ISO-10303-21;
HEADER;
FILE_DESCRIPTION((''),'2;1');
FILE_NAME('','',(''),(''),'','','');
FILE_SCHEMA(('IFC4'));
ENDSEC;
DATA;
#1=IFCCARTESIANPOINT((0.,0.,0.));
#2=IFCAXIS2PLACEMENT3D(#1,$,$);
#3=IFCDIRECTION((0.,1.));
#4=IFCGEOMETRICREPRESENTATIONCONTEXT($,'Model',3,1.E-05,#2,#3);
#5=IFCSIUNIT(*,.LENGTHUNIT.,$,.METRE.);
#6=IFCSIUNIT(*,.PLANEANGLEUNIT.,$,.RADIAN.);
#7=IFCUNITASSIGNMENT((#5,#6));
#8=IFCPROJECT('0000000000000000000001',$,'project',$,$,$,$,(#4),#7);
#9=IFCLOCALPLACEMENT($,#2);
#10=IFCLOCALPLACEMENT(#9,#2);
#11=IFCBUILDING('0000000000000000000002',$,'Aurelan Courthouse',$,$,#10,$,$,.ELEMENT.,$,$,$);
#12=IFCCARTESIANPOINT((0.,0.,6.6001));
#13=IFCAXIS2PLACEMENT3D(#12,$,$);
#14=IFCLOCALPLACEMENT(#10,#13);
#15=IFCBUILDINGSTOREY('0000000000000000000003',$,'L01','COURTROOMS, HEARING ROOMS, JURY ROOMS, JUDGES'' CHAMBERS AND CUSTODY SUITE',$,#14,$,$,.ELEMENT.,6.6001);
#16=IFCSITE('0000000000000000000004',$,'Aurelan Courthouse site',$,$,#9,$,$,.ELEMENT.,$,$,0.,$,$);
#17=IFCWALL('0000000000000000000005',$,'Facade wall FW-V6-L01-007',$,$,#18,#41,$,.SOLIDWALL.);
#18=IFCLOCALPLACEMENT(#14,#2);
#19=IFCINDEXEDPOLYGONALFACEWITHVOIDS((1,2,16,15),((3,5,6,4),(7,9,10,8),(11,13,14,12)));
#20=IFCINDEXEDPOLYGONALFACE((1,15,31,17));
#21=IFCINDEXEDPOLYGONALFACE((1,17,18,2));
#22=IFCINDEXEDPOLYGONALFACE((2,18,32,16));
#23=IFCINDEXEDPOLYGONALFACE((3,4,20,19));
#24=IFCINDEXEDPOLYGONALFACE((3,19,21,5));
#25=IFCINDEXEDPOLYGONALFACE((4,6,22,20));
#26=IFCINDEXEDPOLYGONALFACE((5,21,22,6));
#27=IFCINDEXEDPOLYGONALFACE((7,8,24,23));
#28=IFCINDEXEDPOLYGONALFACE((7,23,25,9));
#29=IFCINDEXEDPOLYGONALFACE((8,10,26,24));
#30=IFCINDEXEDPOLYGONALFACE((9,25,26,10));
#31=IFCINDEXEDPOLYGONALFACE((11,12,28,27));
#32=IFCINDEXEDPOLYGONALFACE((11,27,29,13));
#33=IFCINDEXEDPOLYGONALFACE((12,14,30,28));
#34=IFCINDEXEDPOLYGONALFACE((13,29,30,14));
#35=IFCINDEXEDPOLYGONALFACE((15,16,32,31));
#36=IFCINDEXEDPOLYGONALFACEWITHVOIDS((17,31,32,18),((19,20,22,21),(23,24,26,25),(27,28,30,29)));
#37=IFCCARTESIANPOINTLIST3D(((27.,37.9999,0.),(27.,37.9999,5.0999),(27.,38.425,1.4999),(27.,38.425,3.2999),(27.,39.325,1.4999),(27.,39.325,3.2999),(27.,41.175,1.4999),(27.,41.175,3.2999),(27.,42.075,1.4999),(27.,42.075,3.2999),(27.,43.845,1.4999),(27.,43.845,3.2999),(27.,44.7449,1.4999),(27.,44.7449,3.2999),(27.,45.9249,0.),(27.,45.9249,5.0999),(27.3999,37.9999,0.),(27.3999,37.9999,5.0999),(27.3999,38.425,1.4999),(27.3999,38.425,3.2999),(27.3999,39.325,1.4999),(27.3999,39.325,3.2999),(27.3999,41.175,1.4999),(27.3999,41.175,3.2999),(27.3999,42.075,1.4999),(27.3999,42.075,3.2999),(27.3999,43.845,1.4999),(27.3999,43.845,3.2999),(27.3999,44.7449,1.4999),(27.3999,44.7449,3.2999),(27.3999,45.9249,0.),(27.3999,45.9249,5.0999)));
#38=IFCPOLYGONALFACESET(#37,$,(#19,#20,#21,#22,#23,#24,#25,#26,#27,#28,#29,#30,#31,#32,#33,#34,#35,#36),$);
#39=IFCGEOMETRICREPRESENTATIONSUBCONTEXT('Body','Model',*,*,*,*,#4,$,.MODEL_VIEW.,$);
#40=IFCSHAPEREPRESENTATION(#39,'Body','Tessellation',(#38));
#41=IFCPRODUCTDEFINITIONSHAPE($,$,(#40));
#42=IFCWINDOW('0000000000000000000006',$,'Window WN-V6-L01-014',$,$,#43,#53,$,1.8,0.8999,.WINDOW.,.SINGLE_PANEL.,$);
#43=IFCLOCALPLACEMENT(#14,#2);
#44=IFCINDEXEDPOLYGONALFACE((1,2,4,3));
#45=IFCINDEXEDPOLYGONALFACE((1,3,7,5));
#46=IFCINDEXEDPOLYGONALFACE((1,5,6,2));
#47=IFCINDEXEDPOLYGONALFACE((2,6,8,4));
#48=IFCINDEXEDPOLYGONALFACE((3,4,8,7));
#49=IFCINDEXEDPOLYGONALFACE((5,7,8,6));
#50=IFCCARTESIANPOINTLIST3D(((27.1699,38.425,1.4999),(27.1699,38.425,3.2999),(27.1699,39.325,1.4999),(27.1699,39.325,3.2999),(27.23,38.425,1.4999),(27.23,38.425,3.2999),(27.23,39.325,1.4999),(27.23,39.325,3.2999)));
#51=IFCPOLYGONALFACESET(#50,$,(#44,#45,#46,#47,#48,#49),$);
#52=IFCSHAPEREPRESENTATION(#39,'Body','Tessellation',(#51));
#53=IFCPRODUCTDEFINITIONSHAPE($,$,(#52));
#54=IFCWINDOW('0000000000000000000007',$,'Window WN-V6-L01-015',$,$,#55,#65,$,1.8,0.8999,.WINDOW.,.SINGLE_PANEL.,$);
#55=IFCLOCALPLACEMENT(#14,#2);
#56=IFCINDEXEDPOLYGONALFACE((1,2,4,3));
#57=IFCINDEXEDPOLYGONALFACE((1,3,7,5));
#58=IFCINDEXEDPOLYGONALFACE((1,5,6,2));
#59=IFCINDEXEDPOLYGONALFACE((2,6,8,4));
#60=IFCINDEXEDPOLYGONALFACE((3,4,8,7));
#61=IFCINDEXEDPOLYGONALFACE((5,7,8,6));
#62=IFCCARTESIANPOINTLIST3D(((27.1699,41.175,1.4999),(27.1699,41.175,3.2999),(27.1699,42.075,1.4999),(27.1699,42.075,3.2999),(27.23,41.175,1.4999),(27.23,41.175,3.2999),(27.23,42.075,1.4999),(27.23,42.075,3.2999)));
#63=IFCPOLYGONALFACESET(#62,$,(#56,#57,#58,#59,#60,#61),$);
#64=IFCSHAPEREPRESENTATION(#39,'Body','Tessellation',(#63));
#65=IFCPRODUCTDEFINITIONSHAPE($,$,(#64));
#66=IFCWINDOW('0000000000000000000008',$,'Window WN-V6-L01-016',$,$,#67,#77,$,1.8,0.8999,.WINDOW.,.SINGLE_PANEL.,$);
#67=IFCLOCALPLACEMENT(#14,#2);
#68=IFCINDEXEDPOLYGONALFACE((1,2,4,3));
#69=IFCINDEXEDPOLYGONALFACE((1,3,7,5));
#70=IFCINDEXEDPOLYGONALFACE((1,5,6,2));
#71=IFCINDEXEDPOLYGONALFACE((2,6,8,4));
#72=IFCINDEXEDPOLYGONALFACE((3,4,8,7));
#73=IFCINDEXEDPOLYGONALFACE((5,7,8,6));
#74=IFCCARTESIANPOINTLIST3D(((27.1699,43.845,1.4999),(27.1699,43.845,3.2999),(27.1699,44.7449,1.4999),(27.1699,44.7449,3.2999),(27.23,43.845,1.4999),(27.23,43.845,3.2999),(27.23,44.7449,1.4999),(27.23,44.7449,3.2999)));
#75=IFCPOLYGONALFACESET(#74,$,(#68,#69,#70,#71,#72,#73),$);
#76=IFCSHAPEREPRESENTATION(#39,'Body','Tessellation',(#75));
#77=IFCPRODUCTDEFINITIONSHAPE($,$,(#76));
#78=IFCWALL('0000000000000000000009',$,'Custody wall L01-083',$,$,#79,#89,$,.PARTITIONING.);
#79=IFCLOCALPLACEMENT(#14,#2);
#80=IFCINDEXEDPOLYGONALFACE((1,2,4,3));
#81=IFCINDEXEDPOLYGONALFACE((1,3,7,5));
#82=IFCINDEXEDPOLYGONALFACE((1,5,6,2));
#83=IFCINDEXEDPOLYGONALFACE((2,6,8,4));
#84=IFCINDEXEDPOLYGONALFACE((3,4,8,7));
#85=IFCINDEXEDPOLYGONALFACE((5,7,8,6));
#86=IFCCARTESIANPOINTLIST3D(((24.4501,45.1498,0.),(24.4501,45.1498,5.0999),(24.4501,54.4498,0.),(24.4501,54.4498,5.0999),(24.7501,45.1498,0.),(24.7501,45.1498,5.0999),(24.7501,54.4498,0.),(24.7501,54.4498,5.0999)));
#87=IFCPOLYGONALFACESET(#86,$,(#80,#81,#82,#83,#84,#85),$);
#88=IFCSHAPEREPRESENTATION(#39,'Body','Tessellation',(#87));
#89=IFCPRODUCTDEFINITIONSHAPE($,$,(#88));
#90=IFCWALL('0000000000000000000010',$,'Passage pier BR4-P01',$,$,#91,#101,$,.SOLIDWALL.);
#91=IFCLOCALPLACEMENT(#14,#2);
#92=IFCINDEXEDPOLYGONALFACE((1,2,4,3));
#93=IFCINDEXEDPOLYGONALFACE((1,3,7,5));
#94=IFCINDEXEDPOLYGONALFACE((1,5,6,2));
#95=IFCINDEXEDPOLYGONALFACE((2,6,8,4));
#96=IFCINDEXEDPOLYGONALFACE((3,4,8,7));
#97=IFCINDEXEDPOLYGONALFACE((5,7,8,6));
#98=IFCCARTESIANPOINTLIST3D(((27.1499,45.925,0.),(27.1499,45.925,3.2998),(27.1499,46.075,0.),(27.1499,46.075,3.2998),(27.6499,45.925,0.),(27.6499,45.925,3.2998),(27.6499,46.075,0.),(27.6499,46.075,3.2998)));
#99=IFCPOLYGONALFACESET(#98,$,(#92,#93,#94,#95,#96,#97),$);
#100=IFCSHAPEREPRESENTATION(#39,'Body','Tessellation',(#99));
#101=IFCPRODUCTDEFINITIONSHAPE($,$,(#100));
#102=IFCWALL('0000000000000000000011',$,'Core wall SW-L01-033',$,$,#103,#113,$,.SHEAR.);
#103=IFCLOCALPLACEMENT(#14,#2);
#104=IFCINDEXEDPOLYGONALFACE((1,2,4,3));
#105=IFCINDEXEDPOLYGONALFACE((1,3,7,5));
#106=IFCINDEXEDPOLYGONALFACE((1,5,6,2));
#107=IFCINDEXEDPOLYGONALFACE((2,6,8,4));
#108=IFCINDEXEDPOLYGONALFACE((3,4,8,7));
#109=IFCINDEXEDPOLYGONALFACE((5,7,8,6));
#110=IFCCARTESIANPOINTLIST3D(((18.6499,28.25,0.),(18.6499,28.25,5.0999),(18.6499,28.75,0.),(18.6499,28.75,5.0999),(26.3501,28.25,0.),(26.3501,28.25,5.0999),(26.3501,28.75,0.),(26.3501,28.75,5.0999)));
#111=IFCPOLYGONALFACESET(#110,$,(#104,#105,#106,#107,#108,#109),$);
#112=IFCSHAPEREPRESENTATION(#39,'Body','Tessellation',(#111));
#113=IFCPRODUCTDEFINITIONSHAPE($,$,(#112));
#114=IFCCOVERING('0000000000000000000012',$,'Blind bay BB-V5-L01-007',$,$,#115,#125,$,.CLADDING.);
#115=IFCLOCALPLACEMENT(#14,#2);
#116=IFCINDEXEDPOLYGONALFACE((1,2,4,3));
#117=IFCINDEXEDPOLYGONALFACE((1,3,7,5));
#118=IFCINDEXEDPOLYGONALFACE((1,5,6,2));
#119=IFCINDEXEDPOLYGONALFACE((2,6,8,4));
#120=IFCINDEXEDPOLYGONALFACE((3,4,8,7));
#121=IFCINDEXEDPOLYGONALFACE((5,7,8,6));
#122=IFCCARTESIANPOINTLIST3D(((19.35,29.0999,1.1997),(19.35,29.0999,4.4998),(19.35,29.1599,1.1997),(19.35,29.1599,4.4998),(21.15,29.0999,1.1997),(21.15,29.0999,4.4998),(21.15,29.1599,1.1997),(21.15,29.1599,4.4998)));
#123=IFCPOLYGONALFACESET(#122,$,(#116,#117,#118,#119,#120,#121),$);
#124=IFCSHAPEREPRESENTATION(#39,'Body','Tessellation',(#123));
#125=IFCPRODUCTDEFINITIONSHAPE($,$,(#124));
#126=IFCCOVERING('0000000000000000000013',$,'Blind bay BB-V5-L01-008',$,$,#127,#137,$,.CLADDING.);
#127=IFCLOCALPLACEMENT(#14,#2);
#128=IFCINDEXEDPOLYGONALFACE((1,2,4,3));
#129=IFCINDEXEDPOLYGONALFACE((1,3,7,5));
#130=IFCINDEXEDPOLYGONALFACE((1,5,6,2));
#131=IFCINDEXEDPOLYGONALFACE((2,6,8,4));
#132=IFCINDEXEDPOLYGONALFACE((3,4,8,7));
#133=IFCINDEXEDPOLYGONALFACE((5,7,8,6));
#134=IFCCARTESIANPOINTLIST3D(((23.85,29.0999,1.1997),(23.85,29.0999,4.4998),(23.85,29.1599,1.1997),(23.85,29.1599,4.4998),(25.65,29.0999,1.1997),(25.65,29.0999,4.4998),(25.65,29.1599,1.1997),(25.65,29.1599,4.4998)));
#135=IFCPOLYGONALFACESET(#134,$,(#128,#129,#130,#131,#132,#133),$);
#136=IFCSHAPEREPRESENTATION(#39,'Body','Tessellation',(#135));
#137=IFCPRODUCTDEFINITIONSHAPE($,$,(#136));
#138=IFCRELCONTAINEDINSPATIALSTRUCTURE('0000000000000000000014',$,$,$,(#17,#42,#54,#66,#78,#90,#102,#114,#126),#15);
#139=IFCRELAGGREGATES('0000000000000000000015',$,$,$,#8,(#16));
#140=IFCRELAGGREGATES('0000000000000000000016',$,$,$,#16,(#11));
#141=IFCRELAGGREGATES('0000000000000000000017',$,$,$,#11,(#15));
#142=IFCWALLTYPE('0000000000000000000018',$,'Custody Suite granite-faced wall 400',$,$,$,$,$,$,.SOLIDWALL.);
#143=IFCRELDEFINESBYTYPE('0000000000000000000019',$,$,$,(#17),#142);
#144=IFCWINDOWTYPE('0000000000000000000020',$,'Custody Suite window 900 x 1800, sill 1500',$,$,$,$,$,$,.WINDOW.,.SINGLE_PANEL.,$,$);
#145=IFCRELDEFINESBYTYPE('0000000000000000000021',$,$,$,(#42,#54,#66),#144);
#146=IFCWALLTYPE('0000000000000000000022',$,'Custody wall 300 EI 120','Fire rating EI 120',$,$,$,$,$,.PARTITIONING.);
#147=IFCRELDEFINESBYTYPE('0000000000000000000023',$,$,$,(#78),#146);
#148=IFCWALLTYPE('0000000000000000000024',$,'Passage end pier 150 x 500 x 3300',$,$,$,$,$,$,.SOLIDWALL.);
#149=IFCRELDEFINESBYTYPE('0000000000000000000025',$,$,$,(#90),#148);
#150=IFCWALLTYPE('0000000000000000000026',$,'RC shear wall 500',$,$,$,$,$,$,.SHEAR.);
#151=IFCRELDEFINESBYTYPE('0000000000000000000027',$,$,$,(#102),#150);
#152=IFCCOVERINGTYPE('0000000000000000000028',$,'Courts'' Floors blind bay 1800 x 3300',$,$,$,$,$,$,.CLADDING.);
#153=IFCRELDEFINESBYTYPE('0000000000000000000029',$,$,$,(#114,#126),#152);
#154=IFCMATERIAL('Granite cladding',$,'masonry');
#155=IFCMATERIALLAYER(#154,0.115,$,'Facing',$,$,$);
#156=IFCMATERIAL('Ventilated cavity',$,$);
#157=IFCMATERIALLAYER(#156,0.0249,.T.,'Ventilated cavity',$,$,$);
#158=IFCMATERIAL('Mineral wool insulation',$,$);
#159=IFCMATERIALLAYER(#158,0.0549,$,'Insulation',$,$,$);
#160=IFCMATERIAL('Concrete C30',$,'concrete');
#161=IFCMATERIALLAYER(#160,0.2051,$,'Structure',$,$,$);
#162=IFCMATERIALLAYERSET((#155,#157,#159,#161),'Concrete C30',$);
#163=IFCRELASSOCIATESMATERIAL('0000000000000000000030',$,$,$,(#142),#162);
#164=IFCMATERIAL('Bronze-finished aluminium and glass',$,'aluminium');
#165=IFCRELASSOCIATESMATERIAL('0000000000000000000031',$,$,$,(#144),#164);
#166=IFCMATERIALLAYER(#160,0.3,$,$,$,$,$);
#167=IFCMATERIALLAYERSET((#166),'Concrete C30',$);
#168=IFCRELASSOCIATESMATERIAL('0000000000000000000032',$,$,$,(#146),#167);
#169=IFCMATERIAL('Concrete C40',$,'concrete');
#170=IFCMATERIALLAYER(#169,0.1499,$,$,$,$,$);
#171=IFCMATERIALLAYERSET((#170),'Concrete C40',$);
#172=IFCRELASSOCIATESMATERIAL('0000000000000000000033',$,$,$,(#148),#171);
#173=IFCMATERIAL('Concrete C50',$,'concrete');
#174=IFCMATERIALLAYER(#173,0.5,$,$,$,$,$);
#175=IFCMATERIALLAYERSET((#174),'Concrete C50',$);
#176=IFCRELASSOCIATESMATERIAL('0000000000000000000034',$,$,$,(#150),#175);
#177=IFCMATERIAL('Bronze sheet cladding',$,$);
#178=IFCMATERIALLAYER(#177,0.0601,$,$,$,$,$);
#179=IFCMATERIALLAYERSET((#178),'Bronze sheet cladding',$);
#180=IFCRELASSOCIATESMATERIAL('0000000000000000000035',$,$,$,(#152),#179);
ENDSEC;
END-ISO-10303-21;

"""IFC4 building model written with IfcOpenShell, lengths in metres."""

from ifc_helpers import new_model, si_unit, direction, frame, frame_2d, origin, origin_2d, place, context, subcontext, project, spatial, rectangle, extrude, material, layer, layer_set, type_object, element, fill, save


model = new_model("IFC4")

# Units and contexts
model_context = context("Model", 3, precision=1e-05, world=origin(), true_north=direction((0.0, 1.0)))
body_context = subcontext(model_context, "Body", "Model", "MODEL_VIEW")
ifc_project = project(units=[si_unit("LENGTHUNIT", "METRE"), si_unit("PLANEANGLEUNIT", "RADIAN")], contexts=[model_context])

# Site, building, storey
site_placement = place(None, origin())
site = spatial("IfcSite", under=ifc_project, at=site_placement, Name="Aurelan Courthouse site", CompositionType="ELEMENT", RefElevation=0.0)
building_placement = place(site_placement, origin())
building = spatial("IfcBuilding", under=site, at=building_placement, Name="Aurelan Courthouse", CompositionType="ELEMENT")
storey_placement = place(building_placement, frame((0.0, 0.0, 6.6001)))
storey = spatial("IfcBuildingStorey", under=building, at=storey_placement, Name="L01", Description="COURTROOMS, HEARING ROOMS, JURY ROOMS, JUDGES' CHAMBERS AND CUSTODY SUITE", CompositionType="ELEMENT", Elevation=6.6001)

# Shared definitions
ifc_material_1 = material(Name="Concrete C50", Category="concrete")

# Shared definitions
ifc_material_2 = material(Name="Bronze-finished aluminium and glass", Category="aluminium")

# Shared definitions
ifc_material_3 = material(Name="Granite cladding", Category="masonry")
ifc_material_4 = material(Name="Ventilated cavity")
ifc_material_5 = material(Name="Mineral wool insulation")
ifc_material_6 = material(Name="Concrete C30", Category="concrete")

# Wall, openings, windows
ifc_layer_1 = layer(ifc_material_3, 0.115, Name="Facing")
ifc_layer_2 = layer(ifc_material_4, 0.0249, ventilated=True, Name="Ventilated cavity")
ifc_layer_3 = layer(ifc_material_5, 0.0549, Name="Insulation")
ifc_layer_4 = layer(ifc_material_6, 0.2051, Name="Structure")
ifc_layer_set_1 = layer_set([ifc_layer_1, ifc_layer_2, ifc_layer_3, ifc_layer_4], Name="Concrete C30")
wall_type_1 = type_object("IfcWallType", Name="Custody Suite granite-faced wall 400", PredefinedType="SOLIDWALL", material=ifc_layer_set_1)
window_type = type_object("IfcWindowType", Name="Custody Suite window 900 x 1800, sill 1500", PartitioningType="SINGLE_PANEL", PredefinedType="WINDOW", material=ifc_material_2)
wall_1_placement = place(storey_placement, frame((27.2, 38.0, 0.0), z_axis=(0.0, 0.0, 1.0), x_axis=(0.0, 1.0, 0.0)))
wall_1 = element("IfcWall", 1, at=wall_1_placement, inside=storey, type_object=wall_type_1, Name="Facade wall FW-V6-L01-007", PredefinedType="SOLIDWALL", context=body_context, shape_type="SweptSolid", body=[
    extrude(rectangle(XDim=7.925, YDim=0.3999, at=frame_2d((3.9624, 0.0))), origin(), (0.0, 0.0, 1.0), 5.0999),
])
opening_1_placement = place(wall_1_placement, frame((0.425, 0.0, 1.5)))
opening_1 = element("IfcOpeningElement", 2, at=opening_1_placement, cuts=wall_1, PredefinedType="OPENING", context=body_context, shape_type="SweptSolid", body=[
    extrude(rectangle(XDim=0.8999, YDim=1.8, at=frame_2d((0.45, 0.8999))), frame((0.0, 0.21, 0.0), z_axis=(0.0, -1.0, 0.0), x_axis=(1.0, 0.0, 0.0)), (0.0, 0.0, 1.0), 0.4199),
])
opening_2_placement = place(wall_1_placement, frame((3.175, 0.0, 1.5)))
opening_2 = element("IfcOpeningElement", 3, at=opening_2_placement, cuts=wall_1, PredefinedType="OPENING", context=body_context, shape_type="SweptSolid", body=[
    extrude(rectangle(XDim=0.8999, YDim=1.8, at=frame_2d((0.45, 0.8999))), frame((0.0, 0.21, 0.0), z_axis=(0.0, -1.0, 0.0), x_axis=(1.0, 0.0, 0.0)), (0.0, 0.0, 1.0), 0.4199),
])
opening_3_placement = place(wall_1_placement, frame((5.845, 0.0, 1.5)))
opening_3 = element("IfcOpeningElement", 4, at=opening_3_placement, cuts=wall_1, PredefinedType="OPENING", context=body_context, shape_type="SweptSolid", body=[
    extrude(rectangle(XDim=0.8999, YDim=1.8, at=frame_2d((0.45, 0.8999))), frame((0.0, 0.21, 0.0), z_axis=(0.0, -1.0, 0.0), x_axis=(1.0, 0.0, 0.0)), (0.0, 0.0, 1.0), 0.4199),
])
window_1_placement = place(opening_1_placement, origin())
window_1 = element("IfcWindow", 5, at=window_1_placement, inside=storey, type_object=window_type, Name="Window WN-V6-L01-014", OverallHeight=1.8, OverallWidth=0.8999, PartitioningType="SINGLE_PANEL", PredefinedType="WINDOW", context=body_context, shape_type="SweptSolid", body=[
    extrude(rectangle(XDim=0.8999, YDim=1.8, at=frame_2d((0.45, 0.8999))), frame((0.0, 0.03, 0.0), z_axis=(0.0, -1.0, 0.0), x_axis=(1.0, 0.0, 0.0)), (0.0, 0.0, 1.0), 0.0601),
])
fill(opening_1, window_1)
window_2_placement = place(opening_2_placement, origin())
window_2 = element("IfcWindow", 6, at=window_2_placement, inside=storey, type_object=window_type, Name="Window WN-V6-L01-015", OverallHeight=1.8, OverallWidth=0.8999, PartitioningType="SINGLE_PANEL", PredefinedType="WINDOW", context=body_context, shape_type="SweptSolid", body=[
    extrude(rectangle(XDim=0.8999, YDim=1.8, at=frame_2d((0.45, 0.8999))), frame((0.0, 0.03, 0.0), z_axis=(0.0, -1.0, 0.0), x_axis=(1.0, 0.0, 0.0)), (0.0, 0.0, 1.0), 0.0601),
])
fill(opening_2, window_2)
window_3_placement = place(opening_3_placement, origin())
window_3 = element("IfcWindow", 7, at=window_3_placement, inside=storey, type_object=window_type, Name="Window WN-V6-L01-016", OverallHeight=1.8, OverallWidth=0.8999, PartitioningType="SINGLE_PANEL", PredefinedType="WINDOW", context=body_context, shape_type="SweptSolid", body=[
    extrude(rectangle(XDim=0.8999, YDim=1.8, at=frame_2d((0.45, 0.8999))), frame((0.0, 0.03, 0.0), z_axis=(0.0, -1.0, 0.0), x_axis=(1.0, 0.0, 0.0)), (0.0, 0.0, 1.0), 0.0601),
])
fill(opening_3, window_3)

# Wall
ifc_layer_5 = layer(ifc_material_6, 0.3)
ifc_layer_set_2 = layer_set([ifc_layer_5], Name="Concrete C30")
wall_type_2 = type_object("IfcWallType", Name="Custody wall 300 EI 120", Description="Fire rating EI 120", PredefinedType="PARTITIONING", material=ifc_layer_set_2)
wall_2_placement = place(storey_placement, frame((24.6001, 45.1499, 0.0), z_axis=(0.0, 0.0, 1.0), x_axis=(0.0, 1.0, 0.0)))
element("IfcWall", 8, at=wall_2_placement, inside=storey, type_object=wall_type_2, Name="Custody wall L01-083", PredefinedType="PARTITIONING", context=body_context, shape_type="SweptSolid", body=[
    extrude(rectangle(XDim=9.3, YDim=0.3, at=frame_2d((4.6499, 0.0))), origin(), (0.0, 0.0, 1.0), 5.0999),
])

# Walls
ifc_material_7 = material(Name="Concrete C40", Category="concrete")
ifc_layer_6 = layer(ifc_material_7, 0.1499)
ifc_layer_set_3 = layer_set([ifc_layer_6], Name="Concrete C40")
wall_type_3 = type_object("IfcWallType", Name="Passage end pier 150 x 500 x 3300", PredefinedType="SOLIDWALL", material=ifc_layer_set_3)
wall_3_placement = place(storey_placement, frame((27.1499, 46.0, 0.0), z_axis=(0.0, 0.0, 1.0), x_axis=(1.0, 0.0, 0.0)))
element("IfcWall", 9, at=wall_3_placement, inside=storey, type_object=wall_type_3, Name="Passage pier BR4-P01", PredefinedType="SOLIDWALL", context=body_context, shape_type="SweptSolid", body=[
    extrude(rectangle(XDim=0.5, YDim=0.1499, at=frame_2d((0.25, 0.0))), origin(), (0.0, 0.0, 1.0), 3.2998),
])
ifc_layer_7 = layer(ifc_material_1, 0.5)
ifc_layer_set_4 = layer_set([ifc_layer_7], Name="Concrete C50")
wall_type_4 = type_object("IfcWallType", Name="RC shear wall 500", PredefinedType="SHEAR", material=ifc_layer_set_4)
wall_4_placement = place(storey_placement, frame((18.6499, 28.5, 0.0), z_axis=(0.0, 0.0, 1.0), x_axis=(1.0, 0.0, 0.0)))
element("IfcWall", 10, at=wall_4_placement, inside=storey, type_object=wall_type_4, Name="Core wall SW-L01-033", PredefinedType="SHEAR", context=body_context, shape_type="SweptSolid", body=[
    extrude(rectangle(XDim=7.7002, YDim=0.5, at=frame_2d((3.8501, 0.0))), origin(), (0.0, 0.0, 1.0), 5.0999),
])

# Coverings
ifc_material_8 = material(Name="Bronze sheet cladding")
ifc_layer_8 = layer(ifc_material_8, 0.0601)
ifc_layer_set_5 = layer_set([ifc_layer_8], Name="Bronze sheet cladding")
covering_type = type_object("IfcCoveringType", Name="Courts' Floors blind bay 1800 x 3300", PredefinedType="CLADDING", material=ifc_layer_set_5)
for number, where, z_axis, x_axis, name in (
    (11, (20.25, 29.1299, 1.1997), (0.0, 0.0, 1.0), (1.0, 0.0, 0.0), "Blind bay BB-V5-L01-007"),
    (12, (24.75, 29.1299, 1.1997), (0.0, 0.0, 1.0), (1.0, 0.0, 0.0), "Blind bay BB-V5-L01-008"),
):
    element("IfcCovering", number, at=place(storey_placement, frame(where, z_axis=z_axis, x_axis=x_axis)), inside=storey, type_object=covering_type, Name=name, PredefinedType="CLADDING", context=body_context, shape_type="SweptSolid", body=[
        extrude(rectangle(XDim=1.8, YDim=0.0601, at=origin_2d()), origin(), (0.0, 0.0, 1.0), 3.3),
    ])

save(model, "model.ifc")
